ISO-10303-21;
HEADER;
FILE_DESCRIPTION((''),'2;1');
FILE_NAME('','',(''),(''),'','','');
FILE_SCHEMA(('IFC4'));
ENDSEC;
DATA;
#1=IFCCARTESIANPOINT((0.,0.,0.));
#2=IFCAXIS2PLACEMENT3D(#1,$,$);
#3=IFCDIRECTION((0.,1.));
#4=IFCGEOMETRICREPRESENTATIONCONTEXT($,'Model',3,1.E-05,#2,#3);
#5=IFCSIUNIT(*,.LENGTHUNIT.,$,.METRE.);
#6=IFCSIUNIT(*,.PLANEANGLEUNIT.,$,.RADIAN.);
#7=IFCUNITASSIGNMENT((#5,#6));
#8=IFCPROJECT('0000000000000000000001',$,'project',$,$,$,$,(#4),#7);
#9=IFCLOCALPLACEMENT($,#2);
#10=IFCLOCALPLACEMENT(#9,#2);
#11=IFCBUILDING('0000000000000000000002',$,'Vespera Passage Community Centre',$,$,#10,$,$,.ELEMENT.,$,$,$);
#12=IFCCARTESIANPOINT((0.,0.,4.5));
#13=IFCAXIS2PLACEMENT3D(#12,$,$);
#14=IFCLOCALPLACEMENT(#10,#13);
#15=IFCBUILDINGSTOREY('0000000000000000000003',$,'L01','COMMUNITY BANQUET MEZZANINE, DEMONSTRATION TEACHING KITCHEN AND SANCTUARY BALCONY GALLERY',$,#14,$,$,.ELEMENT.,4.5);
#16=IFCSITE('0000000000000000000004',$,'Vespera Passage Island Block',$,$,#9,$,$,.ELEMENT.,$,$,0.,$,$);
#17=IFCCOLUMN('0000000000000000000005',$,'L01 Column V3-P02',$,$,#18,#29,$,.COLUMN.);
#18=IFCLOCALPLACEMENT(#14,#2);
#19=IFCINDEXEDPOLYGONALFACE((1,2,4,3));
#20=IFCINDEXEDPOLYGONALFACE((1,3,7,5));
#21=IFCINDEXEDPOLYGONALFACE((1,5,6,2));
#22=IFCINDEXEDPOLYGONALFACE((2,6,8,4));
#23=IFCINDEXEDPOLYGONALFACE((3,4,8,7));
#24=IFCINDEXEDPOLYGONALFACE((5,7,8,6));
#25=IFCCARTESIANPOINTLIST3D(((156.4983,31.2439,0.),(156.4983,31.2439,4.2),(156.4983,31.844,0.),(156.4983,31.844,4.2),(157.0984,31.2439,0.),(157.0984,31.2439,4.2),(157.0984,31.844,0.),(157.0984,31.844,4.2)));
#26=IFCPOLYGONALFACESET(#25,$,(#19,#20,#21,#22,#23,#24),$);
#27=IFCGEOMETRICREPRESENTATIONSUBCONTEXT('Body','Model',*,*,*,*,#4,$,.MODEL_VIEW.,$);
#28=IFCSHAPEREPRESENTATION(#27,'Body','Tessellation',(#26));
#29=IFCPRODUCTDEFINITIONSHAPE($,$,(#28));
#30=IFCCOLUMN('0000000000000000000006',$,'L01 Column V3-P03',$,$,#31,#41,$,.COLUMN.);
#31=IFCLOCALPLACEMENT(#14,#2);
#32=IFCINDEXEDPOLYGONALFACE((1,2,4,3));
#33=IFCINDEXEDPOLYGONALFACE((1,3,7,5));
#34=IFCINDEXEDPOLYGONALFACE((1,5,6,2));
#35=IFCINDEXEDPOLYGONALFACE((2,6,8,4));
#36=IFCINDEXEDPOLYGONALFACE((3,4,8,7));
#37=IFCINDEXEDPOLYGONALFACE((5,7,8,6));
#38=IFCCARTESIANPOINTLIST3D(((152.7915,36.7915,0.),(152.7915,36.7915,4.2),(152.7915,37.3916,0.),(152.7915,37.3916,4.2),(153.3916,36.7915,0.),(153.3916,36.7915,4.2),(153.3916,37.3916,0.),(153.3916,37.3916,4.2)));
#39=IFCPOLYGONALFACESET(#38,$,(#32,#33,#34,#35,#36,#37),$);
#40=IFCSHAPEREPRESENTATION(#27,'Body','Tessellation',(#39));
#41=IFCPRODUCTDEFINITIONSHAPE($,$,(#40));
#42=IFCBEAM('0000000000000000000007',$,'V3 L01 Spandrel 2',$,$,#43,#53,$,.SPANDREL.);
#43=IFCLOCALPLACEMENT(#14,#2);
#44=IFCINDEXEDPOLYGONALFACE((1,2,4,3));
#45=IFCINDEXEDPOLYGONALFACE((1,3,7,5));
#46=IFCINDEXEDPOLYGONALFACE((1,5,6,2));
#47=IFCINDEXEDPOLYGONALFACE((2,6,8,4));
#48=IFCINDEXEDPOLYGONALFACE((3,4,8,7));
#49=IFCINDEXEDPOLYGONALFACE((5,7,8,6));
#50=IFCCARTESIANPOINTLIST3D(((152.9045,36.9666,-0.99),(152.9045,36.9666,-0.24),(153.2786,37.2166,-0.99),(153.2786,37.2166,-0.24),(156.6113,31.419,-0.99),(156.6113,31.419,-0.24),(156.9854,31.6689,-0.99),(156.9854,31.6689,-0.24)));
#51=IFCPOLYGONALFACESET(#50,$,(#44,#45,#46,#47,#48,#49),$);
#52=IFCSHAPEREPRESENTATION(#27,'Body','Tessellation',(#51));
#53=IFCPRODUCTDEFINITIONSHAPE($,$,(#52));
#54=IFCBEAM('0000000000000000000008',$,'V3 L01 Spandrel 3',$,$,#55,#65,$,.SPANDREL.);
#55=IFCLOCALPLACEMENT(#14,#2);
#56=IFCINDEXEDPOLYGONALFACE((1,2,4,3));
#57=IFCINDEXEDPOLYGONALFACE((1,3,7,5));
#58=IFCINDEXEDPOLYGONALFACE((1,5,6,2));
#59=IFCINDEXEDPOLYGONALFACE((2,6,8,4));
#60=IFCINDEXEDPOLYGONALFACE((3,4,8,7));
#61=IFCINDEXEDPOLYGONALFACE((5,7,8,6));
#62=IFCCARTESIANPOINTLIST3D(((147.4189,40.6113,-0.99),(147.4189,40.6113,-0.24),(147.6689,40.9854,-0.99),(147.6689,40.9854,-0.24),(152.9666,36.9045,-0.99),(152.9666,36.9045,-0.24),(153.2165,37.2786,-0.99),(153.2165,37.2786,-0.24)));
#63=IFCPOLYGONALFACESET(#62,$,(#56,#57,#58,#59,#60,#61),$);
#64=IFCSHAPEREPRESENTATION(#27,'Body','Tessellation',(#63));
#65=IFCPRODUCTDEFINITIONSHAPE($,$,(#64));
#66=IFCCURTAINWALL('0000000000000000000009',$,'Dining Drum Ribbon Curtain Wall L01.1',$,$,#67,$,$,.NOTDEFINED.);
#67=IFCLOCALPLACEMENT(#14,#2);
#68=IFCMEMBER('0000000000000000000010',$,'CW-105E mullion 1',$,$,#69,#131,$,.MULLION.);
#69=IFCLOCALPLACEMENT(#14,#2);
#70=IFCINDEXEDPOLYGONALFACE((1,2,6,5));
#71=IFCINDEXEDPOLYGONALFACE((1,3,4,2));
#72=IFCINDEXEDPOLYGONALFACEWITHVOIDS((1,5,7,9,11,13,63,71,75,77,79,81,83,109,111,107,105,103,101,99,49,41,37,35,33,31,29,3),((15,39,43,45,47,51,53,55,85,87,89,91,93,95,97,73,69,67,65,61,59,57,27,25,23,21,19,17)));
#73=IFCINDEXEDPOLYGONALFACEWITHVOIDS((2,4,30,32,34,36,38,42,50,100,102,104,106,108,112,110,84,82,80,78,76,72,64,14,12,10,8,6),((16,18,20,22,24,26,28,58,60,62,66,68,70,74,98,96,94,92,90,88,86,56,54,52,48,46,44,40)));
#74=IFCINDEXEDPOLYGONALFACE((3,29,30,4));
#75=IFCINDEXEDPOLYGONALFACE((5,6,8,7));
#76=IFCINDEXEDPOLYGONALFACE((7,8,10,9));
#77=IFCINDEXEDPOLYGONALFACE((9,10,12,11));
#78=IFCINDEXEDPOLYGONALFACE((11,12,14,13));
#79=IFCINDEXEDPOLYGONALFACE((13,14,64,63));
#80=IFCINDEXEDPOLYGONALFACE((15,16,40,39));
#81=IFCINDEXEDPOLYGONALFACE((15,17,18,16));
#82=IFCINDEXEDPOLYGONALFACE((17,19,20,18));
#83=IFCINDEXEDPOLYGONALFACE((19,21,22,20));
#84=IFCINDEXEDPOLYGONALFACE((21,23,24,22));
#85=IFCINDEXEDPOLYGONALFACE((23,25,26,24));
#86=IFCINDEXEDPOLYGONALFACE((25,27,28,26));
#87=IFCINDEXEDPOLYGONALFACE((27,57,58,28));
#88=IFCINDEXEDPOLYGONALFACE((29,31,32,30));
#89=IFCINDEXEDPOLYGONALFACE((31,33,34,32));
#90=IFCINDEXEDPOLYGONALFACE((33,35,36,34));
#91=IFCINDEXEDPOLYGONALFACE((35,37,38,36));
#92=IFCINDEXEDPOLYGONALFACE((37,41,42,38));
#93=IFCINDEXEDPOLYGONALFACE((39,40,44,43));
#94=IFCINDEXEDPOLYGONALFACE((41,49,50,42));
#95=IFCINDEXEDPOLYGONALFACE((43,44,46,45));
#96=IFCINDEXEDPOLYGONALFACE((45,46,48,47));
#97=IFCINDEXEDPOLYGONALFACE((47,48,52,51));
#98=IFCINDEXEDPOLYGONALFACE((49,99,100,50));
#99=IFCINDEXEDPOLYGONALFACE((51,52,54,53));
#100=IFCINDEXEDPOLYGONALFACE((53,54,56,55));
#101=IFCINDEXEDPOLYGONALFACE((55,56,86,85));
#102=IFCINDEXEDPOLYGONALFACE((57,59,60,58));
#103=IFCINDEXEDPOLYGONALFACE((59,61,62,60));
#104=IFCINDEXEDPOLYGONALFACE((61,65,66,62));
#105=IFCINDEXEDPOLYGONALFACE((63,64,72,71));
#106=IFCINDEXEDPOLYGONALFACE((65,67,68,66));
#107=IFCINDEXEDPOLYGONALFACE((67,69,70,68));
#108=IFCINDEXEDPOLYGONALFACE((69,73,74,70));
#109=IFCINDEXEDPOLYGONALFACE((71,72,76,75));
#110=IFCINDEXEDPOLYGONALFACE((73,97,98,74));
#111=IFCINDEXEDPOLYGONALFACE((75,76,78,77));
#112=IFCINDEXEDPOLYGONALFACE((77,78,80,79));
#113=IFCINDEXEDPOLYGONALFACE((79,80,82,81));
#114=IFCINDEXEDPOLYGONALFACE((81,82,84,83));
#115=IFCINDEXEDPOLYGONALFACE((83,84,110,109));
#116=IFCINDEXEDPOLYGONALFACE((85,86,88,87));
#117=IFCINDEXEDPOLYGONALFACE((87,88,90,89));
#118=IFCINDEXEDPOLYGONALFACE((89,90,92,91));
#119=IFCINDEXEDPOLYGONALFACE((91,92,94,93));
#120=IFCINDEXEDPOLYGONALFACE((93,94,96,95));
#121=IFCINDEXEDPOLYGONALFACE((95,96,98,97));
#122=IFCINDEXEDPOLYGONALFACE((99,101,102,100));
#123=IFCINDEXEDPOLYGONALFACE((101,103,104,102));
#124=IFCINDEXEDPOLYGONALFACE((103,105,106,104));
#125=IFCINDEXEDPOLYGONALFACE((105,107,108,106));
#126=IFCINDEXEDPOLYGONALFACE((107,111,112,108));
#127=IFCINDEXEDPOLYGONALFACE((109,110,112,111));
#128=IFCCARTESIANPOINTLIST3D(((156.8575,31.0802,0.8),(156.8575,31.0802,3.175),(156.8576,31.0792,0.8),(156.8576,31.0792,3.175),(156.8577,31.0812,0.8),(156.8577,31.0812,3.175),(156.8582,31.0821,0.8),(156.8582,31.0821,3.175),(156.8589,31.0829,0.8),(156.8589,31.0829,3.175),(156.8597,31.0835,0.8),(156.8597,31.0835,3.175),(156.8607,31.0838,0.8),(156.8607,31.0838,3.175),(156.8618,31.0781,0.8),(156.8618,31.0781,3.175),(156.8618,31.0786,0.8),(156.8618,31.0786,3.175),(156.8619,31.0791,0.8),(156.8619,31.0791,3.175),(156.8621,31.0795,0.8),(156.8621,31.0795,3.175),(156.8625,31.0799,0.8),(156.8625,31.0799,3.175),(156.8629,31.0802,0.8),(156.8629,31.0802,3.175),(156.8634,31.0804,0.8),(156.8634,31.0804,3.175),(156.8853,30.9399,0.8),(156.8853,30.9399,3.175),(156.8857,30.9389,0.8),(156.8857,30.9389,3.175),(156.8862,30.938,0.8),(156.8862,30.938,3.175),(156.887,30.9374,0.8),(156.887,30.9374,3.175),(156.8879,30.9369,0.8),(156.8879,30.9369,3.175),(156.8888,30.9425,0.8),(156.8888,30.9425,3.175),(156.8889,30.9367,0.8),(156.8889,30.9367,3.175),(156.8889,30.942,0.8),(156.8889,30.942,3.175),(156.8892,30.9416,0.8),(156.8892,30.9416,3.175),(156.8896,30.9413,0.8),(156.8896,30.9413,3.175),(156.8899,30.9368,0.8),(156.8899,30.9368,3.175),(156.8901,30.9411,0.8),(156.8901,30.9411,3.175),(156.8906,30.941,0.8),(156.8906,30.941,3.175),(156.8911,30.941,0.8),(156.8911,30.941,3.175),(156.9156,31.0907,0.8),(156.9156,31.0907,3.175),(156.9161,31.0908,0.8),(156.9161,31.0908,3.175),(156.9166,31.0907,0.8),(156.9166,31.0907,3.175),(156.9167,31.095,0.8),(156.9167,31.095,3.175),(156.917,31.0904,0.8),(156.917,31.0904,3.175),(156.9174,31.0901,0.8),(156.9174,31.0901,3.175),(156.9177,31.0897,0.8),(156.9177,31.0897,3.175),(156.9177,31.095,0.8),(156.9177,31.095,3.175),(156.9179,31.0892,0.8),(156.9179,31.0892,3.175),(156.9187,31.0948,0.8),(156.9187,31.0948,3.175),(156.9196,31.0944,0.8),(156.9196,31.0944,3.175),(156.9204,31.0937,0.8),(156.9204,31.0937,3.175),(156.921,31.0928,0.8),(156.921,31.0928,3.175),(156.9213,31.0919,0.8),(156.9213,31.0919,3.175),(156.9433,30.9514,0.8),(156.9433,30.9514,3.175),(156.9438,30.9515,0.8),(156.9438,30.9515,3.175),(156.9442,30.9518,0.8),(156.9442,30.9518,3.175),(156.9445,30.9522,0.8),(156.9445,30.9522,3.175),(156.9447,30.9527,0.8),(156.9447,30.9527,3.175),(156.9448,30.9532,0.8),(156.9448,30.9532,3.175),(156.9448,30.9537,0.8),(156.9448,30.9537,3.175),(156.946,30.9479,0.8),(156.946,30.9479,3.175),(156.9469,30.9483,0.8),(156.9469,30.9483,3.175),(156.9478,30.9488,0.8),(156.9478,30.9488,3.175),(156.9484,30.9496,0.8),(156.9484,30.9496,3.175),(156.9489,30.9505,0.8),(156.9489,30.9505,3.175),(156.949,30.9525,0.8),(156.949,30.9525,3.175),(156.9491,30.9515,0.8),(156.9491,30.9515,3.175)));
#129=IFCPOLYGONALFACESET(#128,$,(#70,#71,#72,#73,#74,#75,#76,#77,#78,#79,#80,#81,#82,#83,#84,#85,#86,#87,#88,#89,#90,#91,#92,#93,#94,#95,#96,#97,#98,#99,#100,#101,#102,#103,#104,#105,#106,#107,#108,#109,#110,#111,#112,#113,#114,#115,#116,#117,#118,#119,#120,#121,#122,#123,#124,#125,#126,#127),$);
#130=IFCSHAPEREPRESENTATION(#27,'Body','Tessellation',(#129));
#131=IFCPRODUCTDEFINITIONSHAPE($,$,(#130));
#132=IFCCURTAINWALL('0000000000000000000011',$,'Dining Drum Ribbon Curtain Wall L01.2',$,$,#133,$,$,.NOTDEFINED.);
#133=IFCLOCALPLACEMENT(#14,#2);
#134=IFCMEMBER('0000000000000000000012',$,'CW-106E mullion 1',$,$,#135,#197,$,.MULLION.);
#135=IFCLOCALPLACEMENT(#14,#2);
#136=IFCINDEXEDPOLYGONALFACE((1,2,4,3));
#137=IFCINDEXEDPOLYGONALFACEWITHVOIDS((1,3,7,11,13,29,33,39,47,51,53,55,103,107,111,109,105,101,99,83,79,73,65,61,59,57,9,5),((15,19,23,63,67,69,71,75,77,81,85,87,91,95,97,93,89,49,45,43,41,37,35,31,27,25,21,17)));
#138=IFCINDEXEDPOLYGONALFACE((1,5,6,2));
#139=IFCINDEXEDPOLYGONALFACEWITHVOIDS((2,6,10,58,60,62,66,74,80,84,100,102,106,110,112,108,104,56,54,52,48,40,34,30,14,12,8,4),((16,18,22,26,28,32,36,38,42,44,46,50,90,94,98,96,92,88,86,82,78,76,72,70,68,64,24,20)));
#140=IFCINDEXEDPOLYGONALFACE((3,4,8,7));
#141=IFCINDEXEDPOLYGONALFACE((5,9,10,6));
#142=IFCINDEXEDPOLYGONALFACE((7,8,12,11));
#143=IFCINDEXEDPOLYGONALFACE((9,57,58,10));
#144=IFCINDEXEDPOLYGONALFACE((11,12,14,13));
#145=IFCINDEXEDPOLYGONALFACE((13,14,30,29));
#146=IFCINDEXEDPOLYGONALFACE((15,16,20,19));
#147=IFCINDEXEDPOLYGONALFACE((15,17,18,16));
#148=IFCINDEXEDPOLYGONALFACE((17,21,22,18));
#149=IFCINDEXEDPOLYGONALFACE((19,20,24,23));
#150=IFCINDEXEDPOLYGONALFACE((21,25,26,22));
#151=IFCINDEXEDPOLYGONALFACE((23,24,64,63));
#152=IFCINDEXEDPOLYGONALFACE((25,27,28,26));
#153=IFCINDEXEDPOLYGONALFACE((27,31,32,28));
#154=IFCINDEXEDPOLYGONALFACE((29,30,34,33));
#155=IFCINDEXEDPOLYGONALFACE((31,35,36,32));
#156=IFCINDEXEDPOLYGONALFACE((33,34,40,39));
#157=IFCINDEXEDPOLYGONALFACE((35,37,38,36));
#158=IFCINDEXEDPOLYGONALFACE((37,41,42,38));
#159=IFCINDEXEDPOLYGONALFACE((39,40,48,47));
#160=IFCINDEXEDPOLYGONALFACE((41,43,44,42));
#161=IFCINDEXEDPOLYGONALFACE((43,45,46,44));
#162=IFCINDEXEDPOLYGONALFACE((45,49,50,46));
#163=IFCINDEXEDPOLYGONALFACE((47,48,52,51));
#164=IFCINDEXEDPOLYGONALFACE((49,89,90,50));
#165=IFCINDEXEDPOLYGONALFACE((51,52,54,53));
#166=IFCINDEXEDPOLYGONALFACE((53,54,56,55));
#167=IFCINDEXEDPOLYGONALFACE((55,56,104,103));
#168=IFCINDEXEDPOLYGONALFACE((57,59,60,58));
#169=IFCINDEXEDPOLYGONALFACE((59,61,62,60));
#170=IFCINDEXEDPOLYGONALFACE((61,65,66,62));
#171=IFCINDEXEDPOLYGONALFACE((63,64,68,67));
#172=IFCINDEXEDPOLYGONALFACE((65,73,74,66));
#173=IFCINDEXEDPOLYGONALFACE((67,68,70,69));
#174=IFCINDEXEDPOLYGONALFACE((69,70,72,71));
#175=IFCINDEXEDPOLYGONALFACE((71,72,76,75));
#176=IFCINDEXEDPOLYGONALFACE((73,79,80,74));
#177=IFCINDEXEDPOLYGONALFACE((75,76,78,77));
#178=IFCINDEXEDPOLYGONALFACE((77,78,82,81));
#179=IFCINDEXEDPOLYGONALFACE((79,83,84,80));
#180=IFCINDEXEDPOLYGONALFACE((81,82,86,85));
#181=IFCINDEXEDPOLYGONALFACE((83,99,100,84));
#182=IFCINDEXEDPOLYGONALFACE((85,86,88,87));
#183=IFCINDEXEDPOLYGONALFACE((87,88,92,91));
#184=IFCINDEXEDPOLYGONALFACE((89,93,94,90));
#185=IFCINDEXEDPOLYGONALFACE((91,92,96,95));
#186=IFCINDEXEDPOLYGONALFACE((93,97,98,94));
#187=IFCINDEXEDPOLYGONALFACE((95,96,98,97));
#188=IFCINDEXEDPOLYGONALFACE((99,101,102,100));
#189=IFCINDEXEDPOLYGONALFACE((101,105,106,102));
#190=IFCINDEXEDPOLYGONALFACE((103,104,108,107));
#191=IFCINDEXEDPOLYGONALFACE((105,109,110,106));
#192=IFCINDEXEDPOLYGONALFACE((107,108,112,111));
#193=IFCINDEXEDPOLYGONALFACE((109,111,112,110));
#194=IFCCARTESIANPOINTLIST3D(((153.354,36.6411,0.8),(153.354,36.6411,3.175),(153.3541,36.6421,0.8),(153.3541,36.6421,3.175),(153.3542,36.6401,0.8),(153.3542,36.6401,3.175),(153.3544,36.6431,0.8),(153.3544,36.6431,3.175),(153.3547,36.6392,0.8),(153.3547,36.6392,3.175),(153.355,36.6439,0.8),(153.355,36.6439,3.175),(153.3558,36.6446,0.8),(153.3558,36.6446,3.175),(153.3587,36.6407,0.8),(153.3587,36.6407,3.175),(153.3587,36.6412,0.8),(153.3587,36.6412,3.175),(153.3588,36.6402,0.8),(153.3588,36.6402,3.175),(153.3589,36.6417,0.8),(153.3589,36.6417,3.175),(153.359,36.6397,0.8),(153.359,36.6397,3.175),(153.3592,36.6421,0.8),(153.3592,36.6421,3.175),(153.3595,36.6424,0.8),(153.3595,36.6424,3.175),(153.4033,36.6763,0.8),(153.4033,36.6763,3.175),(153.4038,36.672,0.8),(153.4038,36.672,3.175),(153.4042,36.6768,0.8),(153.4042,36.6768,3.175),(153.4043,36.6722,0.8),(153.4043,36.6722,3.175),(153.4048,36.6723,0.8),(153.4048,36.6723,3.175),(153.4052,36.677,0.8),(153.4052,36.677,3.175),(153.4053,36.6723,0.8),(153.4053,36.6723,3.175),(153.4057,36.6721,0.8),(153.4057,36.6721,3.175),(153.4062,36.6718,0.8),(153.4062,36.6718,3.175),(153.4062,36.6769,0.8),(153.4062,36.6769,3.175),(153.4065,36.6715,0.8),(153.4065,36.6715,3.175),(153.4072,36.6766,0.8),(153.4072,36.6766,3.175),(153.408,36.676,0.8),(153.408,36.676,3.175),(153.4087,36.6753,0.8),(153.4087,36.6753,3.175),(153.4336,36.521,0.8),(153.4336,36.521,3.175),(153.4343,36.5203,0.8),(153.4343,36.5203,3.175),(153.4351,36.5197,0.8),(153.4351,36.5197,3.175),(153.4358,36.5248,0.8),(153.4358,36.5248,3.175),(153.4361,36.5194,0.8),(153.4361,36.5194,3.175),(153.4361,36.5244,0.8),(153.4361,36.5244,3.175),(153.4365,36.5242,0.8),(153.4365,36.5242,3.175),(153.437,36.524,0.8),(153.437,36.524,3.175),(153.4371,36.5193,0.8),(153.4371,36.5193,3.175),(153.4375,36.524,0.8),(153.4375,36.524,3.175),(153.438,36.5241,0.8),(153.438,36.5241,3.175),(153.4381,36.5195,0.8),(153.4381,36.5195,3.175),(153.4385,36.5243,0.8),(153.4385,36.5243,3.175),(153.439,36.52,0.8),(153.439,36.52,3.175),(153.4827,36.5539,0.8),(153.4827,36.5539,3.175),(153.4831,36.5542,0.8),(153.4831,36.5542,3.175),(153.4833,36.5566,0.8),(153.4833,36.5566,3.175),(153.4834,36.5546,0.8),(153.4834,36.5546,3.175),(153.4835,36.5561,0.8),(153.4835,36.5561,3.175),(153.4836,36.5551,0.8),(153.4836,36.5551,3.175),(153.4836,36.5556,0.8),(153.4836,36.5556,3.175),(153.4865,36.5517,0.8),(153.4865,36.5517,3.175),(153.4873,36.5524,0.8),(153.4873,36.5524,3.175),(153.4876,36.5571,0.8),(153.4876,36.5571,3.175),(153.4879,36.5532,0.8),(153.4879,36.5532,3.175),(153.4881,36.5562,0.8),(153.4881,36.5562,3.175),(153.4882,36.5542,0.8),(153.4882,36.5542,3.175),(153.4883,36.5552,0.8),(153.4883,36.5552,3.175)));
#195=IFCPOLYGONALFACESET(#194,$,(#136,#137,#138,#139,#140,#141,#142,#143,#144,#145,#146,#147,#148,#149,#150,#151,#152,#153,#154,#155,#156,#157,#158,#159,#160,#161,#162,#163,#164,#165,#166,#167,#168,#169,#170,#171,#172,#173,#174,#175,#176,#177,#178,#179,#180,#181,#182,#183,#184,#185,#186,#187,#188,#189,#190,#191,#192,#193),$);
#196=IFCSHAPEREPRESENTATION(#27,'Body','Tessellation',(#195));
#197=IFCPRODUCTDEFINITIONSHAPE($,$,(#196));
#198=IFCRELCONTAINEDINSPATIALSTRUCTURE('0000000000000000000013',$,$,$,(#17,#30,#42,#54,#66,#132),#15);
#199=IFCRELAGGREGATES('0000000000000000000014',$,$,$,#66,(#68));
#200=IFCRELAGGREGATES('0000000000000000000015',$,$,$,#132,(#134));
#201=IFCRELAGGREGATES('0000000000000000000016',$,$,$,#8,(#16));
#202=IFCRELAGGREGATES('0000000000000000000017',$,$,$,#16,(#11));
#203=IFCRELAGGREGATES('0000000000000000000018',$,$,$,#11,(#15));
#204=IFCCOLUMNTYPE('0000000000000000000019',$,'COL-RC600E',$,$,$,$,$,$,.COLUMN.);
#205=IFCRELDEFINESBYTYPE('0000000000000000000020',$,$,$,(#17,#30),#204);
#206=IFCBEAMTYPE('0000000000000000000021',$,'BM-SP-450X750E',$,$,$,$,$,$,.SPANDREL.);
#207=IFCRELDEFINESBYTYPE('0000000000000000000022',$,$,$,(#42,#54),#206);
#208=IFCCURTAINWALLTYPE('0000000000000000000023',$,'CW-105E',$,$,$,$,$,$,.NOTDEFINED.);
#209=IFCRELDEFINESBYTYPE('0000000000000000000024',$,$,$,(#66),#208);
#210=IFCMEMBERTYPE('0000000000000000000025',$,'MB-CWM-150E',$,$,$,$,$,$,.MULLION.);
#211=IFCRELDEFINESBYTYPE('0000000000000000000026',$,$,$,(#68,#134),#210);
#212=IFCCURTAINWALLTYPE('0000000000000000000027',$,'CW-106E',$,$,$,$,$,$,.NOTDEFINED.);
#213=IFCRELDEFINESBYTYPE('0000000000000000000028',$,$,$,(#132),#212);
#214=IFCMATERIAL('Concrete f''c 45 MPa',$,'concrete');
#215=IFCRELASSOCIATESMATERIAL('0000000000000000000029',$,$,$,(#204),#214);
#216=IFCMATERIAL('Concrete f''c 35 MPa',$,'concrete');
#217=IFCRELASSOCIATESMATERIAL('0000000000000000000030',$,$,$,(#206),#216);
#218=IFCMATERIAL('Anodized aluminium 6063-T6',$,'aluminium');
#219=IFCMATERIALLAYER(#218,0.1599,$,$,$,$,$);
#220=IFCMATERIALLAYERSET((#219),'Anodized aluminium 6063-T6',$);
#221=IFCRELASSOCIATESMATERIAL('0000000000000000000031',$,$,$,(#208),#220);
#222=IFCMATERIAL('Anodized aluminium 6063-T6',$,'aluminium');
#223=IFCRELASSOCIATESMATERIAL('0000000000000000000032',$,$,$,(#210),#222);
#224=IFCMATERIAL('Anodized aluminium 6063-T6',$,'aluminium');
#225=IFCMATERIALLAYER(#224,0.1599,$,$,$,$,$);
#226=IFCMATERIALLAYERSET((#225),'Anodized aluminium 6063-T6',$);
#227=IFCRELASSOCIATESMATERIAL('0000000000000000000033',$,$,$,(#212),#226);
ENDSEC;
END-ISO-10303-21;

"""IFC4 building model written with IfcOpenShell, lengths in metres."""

from ifc_helpers import new_model, si_unit, direction, frame, origin, origin_2d, place, context, subcontext, project, spatial, rectangle, hollow_rectangle, extrude, material, layer, layer_set, material_profile, profile_set, type_object, element, aggregate, save


model = new_model("IFC4")

# Units and contexts
model_context = context("Model", 3, precision=1e-05, world=origin(), true_north=direction((0.0, 1.0)))
body_context = subcontext(model_context, "Body", "Model", "MODEL_VIEW")
ifc_project = project(units=[si_unit("LENGTHUNIT", "METRE"), si_unit("PLANEANGLEUNIT", "RADIAN")], contexts=[model_context])

# Site, building, storey
site_placement = place(None, origin())
site = spatial("IfcSite", under=ifc_project, at=site_placement, Name="Vespera Passage Island Block", CompositionType="ELEMENT", RefElevation=0.0)
building_placement = place(site_placement, origin())
building = spatial("IfcBuilding", under=site, at=building_placement, Name="Vespera Passage Community Centre", CompositionType="ELEMENT")
storey_placement = place(building_placement, frame((0.0, 0.0, 4.5)))
storey = spatial("IfcBuildingStorey", under=building, at=storey_placement, Name="L01", Description="COMMUNITY BANQUET MEZZANINE, DEMONSTRATION TEACHING KITCHEN AND SANCTUARY BALCONY GALLERY", CompositionType="ELEMENT", Elevation=4.5)

# Columns
ifc_material_1 = material(Name="Concrete f'c 45 MPa", Category="concrete")
ifc_material_profile_1 = material_profile(ifc_material_1, rectangle(XDim=0.6001, YDim=0.6001, at=origin_2d()), Name="RC600X600")
ifc_profile_set_1 = profile_set([ifc_material_profile_1], Name="Concrete f'c 45 MPa")
column_type = type_object("IfcColumnType", Name="COL-RC600E", PredefinedType="COLUMN", material=ifc_profile_set_1)
for number, where, z_axis, x_axis, name in (
    (1, (156.7983, 31.5439, 0.0), (0.0, 0.0, 1.0), (1.0, 0.0, 0.0), "L01 Column V3-P02"),
    (2, (153.0916, 37.0916, 0.0), (0.0, 0.0, 1.0), (1.0, 0.0, 0.0), "L01 Column V3-P03"),
):
    element("IfcColumn", number, at=place(storey_placement, frame(where, z_axis=z_axis, x_axis=x_axis)), inside=storey, type_object=column_type, Name=name, PredefinedType="COLUMN", context=body_context, shape_type="SweptSolid", body=[
        extrude(rectangle(XDim=0.6001, YDim=0.6001, at=origin_2d()), origin(), (0.0, 0.0, 1.0), 4.2),
    ])

# Beams
ifc_material_2 = material(Name="Concrete f'c 35 MPa", Category="concrete")
ifc_material_profile_2 = material_profile(ifc_material_2, rectangle(XDim=0.45, YDim=0.75, at=origin_2d()), Name="RC450X750")
ifc_profile_set_2 = profile_set([ifc_material_profile_2], Name="Concrete f'c 35 MPa")
beam_type = type_object("IfcBeamType", Name="BM-SP-450X750E", PredefinedType="SPANDREL", material=ifc_profile_set_2)
for number, where, z_axis, x_axis, name in (
    (3, (156.7983, 31.5439, -0.615), (-0.55557, 0.83147, 0.0), (-0.83147, -0.55557, 0.0), "V3 L01 Spandrel 2"),
    (4, (153.0916, 37.0916, -0.615), (-0.83147, 0.55557, 0.0), (-0.55557, -0.83147, 0.0), "V3 L01 Spandrel 3"),
):
    element("IfcBeam", number, at=place(storey_placement, frame(where, z_axis=z_axis, x_axis=x_axis)), inside=storey, type_object=beam_type, Name=name, PredefinedType="SPANDREL", context=body_context, shape_type="SweptSolid", body=[
        extrude(rectangle(XDim=0.45, YDim=0.75, at=origin_2d()), origin(), (0.0, 0.0, 1.0), 6.6721),
    ])

# Curtain wall, member
ifc_material_3 = material(Name="Anodized aluminium 6063-T6", Category="aluminium")
ifc_layer_1 = layer(ifc_material_3, 0.1599)
ifc_layer_set_1 = layer_set([ifc_layer_1], Name="Anodized aluminium 6063-T6")
curtain_wall_type_1 = type_object("IfcCurtainWallType", Name="CW-105E", PredefinedType="NOTDEFINED", material=ifc_layer_set_1)
curtain_wall_1_placement = place(storey_placement, origin())
curtain_wall_1 = element("IfcCurtainWall", 5, at=curtain_wall_1_placement, inside=storey, type_object=curtain_wall_type_1, Name="Dining Drum Ribbon Curtain Wall L01.1", PredefinedType="NOTDEFINED")
ifc_material_4 = material(Name="Anodized aluminium 6063-T6", Category="aluminium")
ifc_material_profile_3 = material_profile(ifc_material_4, hollow_rectangle(XDim=0.0649, YDim=0.1499, WallThickness=0.0039, InnerFilletRadius=0.002, OuterFilletRadius=0.0039, at=origin_2d()), Name="ALU150X65X4")
ifc_profile_set_3 = profile_set([ifc_material_profile_3], Name="Anodized aluminium 6063-T6")
member_type_1 = type_object("IfcMemberType", Name="MB-CWM-150E", PredefinedType="MULLION", material=ifc_profile_set_3)
member_1_placement = place(storey_placement, frame((156.9033, 31.0159, 0.8), z_axis=(0.0, 0.0, 1.0), x_axis=(0.980784, 0.195097, 0.0)))
member_1 = element("IfcMember", 6, at=member_1_placement, type_object=member_type_1, Name="CW-105E mullion 1", PredefinedType="MULLION", context=body_context, shape_type="SweptSolid", body=[
    extrude(hollow_rectangle(XDim=0.0649, YDim=0.1499, WallThickness=0.0039, InnerFilletRadius=0.002, OuterFilletRadius=0.0039, at=origin_2d()), origin(), (0.0, 0.0, 1.0), 2.375),
])

# Curtain wall, member
ifc_material_5 = material(Name="Anodized aluminium 6063-T6", Category="aluminium")
ifc_layer_2 = layer(ifc_material_5, 0.1599)
ifc_layer_set_2 = layer_set([ifc_layer_2], Name="Anodized aluminium 6063-T6")
curtain_wall_type_2 = type_object("IfcCurtainWallType", Name="CW-106E", PredefinedType="NOTDEFINED", material=ifc_layer_set_2)
curtain_wall_2_placement = place(storey_placement, origin())
curtain_wall_2 = element("IfcCurtainWall", 7, at=curtain_wall_2_placement, inside=storey, type_object=curtain_wall_type_2, Name="Dining Drum Ribbon Curtain Wall L01.2", PredefinedType="NOTDEFINED")
member_2_placement = place(storey_placement, frame((153.4211, 36.5981, 0.8), z_axis=(0.0, 0.0, 1.0), x_axis=(0.831473, 0.555565, 0.0)))
member_2 = element("IfcMember", 8, at=member_2_placement, type_object=member_type_1, Name="CW-106E mullion 1", PredefinedType="MULLION", context=body_context, shape_type="SweptSolid", body=[
    extrude(hollow_rectangle(XDim=0.0649, YDim=0.1499, WallThickness=0.0039, InnerFilletRadius=0.002, OuterFilletRadius=0.0039, at=origin_2d()), origin(), (0.0, 0.0, 1.0), 2.375),
])

aggregate(curtain_wall_1, [member_1])

aggregate(curtain_wall_2, [member_2])

save(model, "model.ifc")
